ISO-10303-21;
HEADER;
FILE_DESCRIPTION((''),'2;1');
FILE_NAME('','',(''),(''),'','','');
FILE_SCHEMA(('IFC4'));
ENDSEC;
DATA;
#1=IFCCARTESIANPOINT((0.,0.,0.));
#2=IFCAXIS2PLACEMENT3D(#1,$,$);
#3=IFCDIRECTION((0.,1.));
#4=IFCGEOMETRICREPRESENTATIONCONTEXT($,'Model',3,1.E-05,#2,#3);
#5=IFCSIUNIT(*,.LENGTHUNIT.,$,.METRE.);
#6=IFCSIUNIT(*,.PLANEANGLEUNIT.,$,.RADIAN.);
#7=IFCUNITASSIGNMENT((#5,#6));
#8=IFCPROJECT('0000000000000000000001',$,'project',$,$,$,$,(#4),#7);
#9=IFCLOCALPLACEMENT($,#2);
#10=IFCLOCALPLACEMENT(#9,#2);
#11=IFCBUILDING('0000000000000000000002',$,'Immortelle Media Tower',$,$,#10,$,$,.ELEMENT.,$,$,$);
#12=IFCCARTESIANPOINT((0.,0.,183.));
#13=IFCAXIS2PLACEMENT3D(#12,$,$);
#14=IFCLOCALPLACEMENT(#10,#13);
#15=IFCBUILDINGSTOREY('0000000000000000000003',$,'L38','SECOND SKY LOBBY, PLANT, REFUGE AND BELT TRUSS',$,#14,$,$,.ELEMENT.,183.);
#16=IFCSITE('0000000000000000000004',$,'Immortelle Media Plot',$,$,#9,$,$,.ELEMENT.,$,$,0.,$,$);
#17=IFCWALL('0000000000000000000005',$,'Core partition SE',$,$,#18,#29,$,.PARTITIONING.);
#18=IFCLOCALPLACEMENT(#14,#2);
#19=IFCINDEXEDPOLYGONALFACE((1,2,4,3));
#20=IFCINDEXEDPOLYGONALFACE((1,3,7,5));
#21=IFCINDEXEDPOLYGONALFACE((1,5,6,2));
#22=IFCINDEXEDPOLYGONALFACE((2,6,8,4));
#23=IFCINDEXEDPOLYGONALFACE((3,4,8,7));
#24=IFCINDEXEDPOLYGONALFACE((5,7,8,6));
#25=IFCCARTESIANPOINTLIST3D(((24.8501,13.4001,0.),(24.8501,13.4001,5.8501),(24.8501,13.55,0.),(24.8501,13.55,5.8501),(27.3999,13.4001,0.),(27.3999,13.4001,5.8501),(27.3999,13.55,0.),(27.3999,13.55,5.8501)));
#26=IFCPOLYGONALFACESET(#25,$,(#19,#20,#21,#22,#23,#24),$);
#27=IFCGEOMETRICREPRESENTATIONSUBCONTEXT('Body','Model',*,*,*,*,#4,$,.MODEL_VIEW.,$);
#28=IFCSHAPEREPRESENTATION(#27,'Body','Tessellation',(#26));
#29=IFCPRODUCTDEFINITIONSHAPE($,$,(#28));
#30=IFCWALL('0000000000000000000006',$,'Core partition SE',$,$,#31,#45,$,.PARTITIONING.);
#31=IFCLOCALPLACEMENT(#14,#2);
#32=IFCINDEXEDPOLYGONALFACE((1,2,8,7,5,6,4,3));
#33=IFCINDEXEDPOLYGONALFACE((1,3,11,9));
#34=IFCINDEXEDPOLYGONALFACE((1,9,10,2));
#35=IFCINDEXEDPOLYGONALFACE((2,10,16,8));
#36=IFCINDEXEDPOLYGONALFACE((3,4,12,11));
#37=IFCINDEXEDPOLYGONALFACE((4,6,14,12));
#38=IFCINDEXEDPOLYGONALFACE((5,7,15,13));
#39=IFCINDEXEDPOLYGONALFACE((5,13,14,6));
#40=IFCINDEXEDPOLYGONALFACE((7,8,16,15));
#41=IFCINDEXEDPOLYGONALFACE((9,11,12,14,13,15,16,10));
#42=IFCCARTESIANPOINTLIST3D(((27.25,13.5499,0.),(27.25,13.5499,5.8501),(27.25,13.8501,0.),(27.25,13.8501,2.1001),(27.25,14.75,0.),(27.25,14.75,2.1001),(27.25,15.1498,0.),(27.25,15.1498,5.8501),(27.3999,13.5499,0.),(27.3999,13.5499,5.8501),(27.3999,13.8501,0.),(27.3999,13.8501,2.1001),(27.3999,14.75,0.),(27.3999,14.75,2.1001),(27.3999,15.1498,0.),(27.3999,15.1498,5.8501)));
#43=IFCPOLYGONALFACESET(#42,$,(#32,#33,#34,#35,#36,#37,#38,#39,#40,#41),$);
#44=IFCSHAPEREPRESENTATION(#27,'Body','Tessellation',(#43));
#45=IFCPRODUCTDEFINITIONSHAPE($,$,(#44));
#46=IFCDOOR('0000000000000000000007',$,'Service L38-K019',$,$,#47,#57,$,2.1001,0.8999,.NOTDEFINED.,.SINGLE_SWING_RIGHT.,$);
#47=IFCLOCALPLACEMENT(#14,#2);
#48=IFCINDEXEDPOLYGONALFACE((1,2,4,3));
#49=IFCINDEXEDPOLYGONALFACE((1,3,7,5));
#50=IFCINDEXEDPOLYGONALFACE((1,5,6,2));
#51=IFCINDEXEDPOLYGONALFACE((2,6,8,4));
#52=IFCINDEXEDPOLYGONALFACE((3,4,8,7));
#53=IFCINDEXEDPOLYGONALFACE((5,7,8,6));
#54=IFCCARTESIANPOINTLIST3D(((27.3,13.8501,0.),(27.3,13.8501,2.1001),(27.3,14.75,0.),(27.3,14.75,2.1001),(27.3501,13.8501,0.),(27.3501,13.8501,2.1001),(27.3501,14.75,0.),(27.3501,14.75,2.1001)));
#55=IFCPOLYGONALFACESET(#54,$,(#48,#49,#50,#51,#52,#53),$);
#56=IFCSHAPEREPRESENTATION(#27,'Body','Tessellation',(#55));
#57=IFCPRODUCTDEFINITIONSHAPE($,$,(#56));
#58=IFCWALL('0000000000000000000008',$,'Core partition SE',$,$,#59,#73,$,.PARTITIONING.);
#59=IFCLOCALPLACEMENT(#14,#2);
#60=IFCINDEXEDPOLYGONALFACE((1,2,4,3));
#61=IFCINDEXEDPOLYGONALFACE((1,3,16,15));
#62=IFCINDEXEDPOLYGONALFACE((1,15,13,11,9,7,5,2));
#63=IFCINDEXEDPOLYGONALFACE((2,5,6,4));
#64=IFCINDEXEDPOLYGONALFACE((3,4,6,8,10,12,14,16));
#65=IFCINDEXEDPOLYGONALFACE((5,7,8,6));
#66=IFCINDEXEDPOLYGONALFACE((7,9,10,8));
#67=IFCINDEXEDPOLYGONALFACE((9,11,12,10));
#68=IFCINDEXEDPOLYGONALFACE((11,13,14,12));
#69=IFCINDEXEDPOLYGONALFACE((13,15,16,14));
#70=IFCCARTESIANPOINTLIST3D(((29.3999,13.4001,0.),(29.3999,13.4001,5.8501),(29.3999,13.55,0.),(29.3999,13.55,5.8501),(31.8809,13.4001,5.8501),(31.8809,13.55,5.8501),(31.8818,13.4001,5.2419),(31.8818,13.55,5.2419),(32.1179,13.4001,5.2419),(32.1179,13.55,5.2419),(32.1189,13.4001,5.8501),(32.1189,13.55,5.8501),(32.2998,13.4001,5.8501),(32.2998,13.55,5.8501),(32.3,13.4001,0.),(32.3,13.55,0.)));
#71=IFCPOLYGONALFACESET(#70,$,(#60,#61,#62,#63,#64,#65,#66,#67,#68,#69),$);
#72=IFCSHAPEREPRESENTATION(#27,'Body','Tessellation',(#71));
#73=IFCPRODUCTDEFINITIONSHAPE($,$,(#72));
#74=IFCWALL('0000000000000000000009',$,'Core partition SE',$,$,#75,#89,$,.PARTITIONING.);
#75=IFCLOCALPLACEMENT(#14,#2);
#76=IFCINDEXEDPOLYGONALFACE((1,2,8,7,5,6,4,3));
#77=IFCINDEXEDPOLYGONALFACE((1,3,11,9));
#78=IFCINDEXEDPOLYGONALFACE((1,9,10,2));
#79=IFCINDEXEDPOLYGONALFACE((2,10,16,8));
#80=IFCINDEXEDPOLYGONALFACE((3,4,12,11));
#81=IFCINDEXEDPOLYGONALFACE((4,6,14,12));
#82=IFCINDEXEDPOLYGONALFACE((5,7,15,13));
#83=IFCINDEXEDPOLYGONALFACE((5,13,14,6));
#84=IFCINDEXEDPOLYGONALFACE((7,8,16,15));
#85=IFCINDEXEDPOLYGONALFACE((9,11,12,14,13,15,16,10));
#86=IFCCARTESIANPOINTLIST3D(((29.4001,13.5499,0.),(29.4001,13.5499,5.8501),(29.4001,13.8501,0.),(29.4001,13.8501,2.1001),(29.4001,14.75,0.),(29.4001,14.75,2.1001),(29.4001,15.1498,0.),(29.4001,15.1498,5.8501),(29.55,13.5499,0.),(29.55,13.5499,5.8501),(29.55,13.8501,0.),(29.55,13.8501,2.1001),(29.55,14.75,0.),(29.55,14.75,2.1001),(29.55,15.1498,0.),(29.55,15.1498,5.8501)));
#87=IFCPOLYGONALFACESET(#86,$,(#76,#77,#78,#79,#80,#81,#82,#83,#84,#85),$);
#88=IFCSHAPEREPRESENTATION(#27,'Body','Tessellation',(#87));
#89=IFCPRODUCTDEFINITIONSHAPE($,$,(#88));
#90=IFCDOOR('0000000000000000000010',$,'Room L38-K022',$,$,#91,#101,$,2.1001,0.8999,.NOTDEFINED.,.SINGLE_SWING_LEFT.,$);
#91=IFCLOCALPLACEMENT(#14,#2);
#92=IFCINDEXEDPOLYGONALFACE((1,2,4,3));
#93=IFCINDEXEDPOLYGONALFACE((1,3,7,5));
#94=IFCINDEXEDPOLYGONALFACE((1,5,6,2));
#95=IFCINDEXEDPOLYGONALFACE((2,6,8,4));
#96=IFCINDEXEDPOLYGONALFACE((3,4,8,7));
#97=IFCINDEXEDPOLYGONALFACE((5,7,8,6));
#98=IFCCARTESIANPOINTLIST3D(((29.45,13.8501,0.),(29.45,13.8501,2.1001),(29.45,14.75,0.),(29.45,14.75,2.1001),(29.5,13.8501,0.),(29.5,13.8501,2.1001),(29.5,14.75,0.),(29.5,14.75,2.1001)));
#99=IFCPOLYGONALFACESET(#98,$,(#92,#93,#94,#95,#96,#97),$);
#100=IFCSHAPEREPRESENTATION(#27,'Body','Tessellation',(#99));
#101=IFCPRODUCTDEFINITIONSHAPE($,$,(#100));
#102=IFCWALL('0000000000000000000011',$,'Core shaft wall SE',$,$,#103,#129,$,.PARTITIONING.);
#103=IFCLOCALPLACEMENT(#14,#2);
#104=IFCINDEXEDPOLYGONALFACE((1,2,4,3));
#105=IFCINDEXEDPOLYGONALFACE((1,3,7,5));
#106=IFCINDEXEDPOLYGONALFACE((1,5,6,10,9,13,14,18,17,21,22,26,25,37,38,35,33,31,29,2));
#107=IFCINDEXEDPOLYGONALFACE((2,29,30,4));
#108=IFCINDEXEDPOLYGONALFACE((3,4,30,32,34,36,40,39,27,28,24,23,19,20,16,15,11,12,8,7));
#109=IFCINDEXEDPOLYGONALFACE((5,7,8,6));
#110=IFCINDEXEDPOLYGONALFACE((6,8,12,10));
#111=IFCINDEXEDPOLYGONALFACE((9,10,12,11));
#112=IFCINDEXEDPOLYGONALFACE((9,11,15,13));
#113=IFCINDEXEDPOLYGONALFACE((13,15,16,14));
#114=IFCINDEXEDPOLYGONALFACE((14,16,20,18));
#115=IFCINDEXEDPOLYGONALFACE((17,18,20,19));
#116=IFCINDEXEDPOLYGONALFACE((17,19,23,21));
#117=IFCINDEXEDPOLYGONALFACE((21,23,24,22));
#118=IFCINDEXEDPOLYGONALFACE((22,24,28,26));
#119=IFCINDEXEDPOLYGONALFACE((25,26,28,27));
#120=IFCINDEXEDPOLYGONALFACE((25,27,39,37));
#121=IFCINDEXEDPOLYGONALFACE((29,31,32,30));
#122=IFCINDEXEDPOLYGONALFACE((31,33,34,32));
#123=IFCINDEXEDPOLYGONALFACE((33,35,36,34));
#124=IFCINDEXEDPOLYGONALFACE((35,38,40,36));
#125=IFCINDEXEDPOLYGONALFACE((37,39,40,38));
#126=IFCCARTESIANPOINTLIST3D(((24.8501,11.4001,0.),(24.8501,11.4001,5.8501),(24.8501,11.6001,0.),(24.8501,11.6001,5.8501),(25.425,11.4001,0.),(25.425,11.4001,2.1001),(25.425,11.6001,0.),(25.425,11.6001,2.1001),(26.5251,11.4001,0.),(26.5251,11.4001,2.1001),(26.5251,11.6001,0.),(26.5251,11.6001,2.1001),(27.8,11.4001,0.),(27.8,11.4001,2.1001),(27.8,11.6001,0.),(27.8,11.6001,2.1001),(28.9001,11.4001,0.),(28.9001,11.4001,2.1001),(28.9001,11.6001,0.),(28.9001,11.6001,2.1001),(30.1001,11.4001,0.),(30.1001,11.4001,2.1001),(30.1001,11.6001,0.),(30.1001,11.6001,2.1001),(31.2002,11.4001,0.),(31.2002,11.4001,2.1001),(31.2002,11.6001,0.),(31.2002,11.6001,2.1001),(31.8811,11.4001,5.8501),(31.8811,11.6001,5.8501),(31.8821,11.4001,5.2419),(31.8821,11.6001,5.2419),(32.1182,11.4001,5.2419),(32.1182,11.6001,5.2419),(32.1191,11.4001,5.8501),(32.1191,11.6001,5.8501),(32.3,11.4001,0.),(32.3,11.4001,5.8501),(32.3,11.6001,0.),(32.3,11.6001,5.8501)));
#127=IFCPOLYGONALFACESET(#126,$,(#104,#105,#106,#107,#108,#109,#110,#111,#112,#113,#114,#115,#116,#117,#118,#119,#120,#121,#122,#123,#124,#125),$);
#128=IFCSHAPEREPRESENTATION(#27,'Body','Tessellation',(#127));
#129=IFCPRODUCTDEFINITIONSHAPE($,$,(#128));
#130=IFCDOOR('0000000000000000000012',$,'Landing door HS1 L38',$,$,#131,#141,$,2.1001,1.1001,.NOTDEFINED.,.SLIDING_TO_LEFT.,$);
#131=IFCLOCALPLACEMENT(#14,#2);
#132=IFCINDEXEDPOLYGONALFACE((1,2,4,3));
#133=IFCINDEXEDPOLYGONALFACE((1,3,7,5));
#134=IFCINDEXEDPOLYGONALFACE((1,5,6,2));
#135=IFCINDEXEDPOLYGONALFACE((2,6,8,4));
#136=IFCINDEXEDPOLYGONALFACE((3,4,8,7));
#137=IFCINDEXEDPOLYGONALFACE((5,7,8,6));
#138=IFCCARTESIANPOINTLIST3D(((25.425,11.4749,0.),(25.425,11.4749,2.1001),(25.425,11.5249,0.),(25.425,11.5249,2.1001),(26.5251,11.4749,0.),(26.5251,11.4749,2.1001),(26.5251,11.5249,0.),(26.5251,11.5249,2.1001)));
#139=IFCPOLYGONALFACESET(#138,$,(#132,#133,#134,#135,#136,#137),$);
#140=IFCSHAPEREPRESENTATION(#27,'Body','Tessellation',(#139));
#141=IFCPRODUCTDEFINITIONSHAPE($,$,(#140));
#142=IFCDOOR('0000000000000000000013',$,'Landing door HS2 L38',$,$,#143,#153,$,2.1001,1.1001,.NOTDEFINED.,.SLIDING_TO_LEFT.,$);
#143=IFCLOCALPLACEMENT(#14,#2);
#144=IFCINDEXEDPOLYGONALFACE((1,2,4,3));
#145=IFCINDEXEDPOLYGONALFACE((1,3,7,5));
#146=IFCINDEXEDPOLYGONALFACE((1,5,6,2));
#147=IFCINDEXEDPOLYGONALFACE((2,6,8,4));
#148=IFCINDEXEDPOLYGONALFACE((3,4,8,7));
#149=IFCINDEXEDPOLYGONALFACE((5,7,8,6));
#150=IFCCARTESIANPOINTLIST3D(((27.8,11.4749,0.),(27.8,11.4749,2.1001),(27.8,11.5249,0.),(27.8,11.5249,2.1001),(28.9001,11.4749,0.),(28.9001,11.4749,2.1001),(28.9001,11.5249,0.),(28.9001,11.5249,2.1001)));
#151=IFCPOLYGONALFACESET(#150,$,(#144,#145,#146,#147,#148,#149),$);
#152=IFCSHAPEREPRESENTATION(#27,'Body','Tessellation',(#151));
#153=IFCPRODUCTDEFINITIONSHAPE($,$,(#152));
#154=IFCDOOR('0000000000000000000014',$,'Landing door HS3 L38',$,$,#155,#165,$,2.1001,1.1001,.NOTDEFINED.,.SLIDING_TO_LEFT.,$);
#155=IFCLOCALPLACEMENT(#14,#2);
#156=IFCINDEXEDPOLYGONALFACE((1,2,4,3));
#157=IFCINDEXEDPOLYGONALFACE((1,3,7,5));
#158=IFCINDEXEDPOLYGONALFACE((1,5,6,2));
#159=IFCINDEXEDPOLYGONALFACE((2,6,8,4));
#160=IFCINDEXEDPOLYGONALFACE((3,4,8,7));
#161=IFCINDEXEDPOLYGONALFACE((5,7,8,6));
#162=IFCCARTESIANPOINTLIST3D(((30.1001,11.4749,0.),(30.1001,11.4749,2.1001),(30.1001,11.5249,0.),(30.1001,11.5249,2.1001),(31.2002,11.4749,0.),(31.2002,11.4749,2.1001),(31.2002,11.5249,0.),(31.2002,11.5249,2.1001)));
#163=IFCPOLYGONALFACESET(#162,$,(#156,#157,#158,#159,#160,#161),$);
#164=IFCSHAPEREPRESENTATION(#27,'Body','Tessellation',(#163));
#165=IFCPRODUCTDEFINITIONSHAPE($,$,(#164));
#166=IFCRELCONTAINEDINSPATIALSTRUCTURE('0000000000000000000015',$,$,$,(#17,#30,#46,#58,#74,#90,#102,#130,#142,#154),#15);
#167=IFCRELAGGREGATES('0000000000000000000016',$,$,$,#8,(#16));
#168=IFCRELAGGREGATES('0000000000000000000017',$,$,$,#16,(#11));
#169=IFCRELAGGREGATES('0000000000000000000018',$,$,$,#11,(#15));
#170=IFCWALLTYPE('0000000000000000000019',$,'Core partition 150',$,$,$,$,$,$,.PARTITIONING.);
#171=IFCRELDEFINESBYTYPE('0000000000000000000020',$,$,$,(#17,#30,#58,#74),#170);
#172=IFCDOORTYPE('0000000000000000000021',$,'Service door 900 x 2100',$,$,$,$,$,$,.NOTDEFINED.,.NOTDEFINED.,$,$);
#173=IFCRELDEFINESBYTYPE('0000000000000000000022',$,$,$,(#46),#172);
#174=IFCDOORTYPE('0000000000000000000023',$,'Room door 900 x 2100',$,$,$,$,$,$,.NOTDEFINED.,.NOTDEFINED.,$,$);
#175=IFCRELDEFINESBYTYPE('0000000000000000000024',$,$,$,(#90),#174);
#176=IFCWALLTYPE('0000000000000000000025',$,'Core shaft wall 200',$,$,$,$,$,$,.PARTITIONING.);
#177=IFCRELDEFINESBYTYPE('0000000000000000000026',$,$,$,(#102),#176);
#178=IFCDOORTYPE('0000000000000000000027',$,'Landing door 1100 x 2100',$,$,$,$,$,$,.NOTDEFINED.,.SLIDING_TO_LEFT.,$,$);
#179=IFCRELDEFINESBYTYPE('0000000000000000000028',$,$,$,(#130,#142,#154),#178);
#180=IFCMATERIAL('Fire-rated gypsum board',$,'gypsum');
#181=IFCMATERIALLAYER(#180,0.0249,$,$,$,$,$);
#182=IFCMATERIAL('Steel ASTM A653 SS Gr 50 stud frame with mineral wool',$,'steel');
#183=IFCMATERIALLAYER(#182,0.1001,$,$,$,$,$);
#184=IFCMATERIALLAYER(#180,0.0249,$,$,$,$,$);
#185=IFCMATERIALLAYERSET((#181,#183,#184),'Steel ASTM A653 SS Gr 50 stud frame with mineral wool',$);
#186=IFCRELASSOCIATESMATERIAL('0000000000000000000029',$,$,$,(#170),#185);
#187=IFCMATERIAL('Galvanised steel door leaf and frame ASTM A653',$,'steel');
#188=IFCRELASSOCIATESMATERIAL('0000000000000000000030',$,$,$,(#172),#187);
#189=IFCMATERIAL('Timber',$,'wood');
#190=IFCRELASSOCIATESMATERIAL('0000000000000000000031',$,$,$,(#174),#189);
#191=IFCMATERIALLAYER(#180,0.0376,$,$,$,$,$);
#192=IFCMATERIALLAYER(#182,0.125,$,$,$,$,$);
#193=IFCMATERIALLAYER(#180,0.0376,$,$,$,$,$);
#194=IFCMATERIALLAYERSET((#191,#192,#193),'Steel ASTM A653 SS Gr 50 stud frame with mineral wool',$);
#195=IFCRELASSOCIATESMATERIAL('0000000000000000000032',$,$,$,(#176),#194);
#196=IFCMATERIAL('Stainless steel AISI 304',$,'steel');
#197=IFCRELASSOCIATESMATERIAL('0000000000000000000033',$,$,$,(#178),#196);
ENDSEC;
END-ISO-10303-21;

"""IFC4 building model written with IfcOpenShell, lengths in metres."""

from ifc_helpers import new_model, si_unit, direction, frame, frame_2d, origin, place, context, subcontext, project, spatial, polyline, rectangle, outline, extrude, material, layer, layer_set, type_object, element, fill, save


model = new_model("IFC4")

# Units and contexts
model_context = context("Model", 3, precision=1e-05, world=origin(), true_north=direction((0.0, 1.0)))
body_context = subcontext(model_context, "Body", "Model", "MODEL_VIEW")
ifc_project = project(units=[si_unit("LENGTHUNIT", "METRE"), si_unit("PLANEANGLEUNIT", "RADIAN")], contexts=[model_context])

# Site, building, storey
site_placement = place(None, origin())
site = spatial("IfcSite", under=ifc_project, at=site_placement, Name="Immortelle Media Plot", CompositionType="ELEMENT", RefElevation=0.0)
building_placement = place(site_placement, origin())
building = spatial("IfcBuilding", under=site, at=building_placement, Name="Immortelle Media Tower", CompositionType="ELEMENT")
storey_placement = place(building_placement, frame((0.0, 0.0, 183.0)))
storey = spatial("IfcBuildingStorey", under=building, at=storey_placement, Name="L38", Description="SECOND SKY LOBBY, PLANT, REFUGE AND BELT TRUSS", CompositionType="ELEMENT", Elevation=183.0)

# Wall
ifc_material_1 = material(Name="Fire-rated gypsum board", Category="gypsum")
ifc_layer_1 = layer(ifc_material_1, 0.0249)
ifc_material_2 = material(Name="Steel ASTM A653 SS Gr 50 stud frame with mineral wool", Category="steel")
ifc_layer_2 = layer(ifc_material_2, 0.1001)
ifc_layer_3 = layer(ifc_material_1, 0.0249)
ifc_layer_set_1 = layer_set([ifc_layer_1, ifc_layer_2, ifc_layer_3], Name="Steel ASTM A653 SS Gr 50 stud frame with mineral wool")
wall_type_1 = type_object("IfcWallType", Name="Core partition 150", PredefinedType="PARTITIONING", material=ifc_layer_set_1)
wall_1_placement = place(storey_placement, frame((24.8501, 13.4751, 0.0), z_axis=(0.0, 0.0, 1.0), x_axis=(1.0, 0.0, 0.0)))
element("IfcWall", 1, at=wall_1_placement, inside=storey, type_object=wall_type_1, Name="Core partition SE", PredefinedType="PARTITIONING", context=body_context, shape_type="SweptSolid", body=[
    extrude(rectangle(XDim=2.5498, YDim=0.1499, at=frame_2d((1.2749, 0.0))), origin(), (0.0, 0.0, 1.0), 5.8501),
])

# Wall, opening, door
wall_2_placement = place(storey_placement, frame((27.325, 13.55, 0.0), z_axis=(0.0, 0.0, 1.0), x_axis=(0.0, 1.0, 0.0)))
wall_2 = element("IfcWall", 2, at=wall_2_placement, inside=storey, type_object=wall_type_1, Name="Core partition SE", PredefinedType="PARTITIONING", context=body_context, shape_type="SweptSolid", body=[
    extrude(rectangle(XDim=1.5999, YDim=0.1499, at=frame_2d((0.7998, 0.0))), origin(), (0.0, 0.0, 1.0), 5.8501),
])
opening_1_placement = place(wall_2_placement, frame((0.3, 0.0, 0.0)))
opening_1 = element("IfcOpeningElement", 3, at=opening_1_placement, cuts=wall_2, PredefinedType="OPENING", context=body_context, shape_type="SweptSolid", body=[
    extrude(rectangle(XDim=0.8999, YDim=2.1001, at=frame_2d((0.45, 1.05))), frame((0.0, 0.085, 0.0), z_axis=(0.0, -1.0, 0.0), x_axis=(1.0, 0.0, 0.0)), (0.0, 0.0, 1.0), 0.1699),
])
ifc_material_3 = material(Name="Galvanised steel door leaf and frame ASTM A653", Category="steel")
door_type_1 = type_object("IfcDoorType", Name="Service door 900 x 2100", OperationType="NOTDEFINED", PredefinedType="NOTDEFINED", material=ifc_material_3)
door_1_placement = place(opening_1_placement, origin())
door_1 = element("IfcDoor", 4, at=door_1_placement, inside=storey, type_object=door_type_1, Name="Service L38-K019", OperationType="SINGLE_SWING_RIGHT", OverallHeight=2.1001, OverallWidth=0.8999, PredefinedType="NOTDEFINED", context=body_context, shape_type="SweptSolid", body=[
    extrude(rectangle(XDim=0.8999, YDim=2.1001, at=frame_2d((0.45, 1.05))), frame((0.0, 0.0249, 0.0), z_axis=(0.0, -1.0, 0.0), x_axis=(1.0, 0.0, 0.0)), (0.0, 0.0, 1.0), 0.05),
])
fill(opening_1, door_1)

# Wall
wall_3_placement = place(storey_placement, frame((29.3999, 13.4751, 0.0), z_axis=(0.0, 0.0, 1.0), x_axis=(1.0, 0.0, 0.0)))
element("IfcWall", 5, at=wall_3_placement, inside=storey, type_object=wall_type_1, Name="Core partition SE", PredefinedType="PARTITIONING", context=body_context, shape_type="SweptSolid", body=[
    extrude(outline(polyline([(0.0, 0.0), (2.9001, 0.0), (2.8999, 5.8501), (2.719, 5.8501), (2.718, 5.2419), (2.4819, 5.2419), (2.481, 5.8501), (0.0, 5.8501), (0.0, 0.0)])), frame((0.0, 0.075, 0.0), z_axis=(0.0, -1.0, 0.0), x_axis=(1.0, 0.0, 0.0)), (0.0, 0.0, 1.0), 0.1499),
])

# Wall, opening, door
wall_4_placement = place(storey_placement, frame((29.4751, 13.55, 0.0), z_axis=(0.0, 0.0, 1.0), x_axis=(0.0, 1.0, 0.0)))
wall_4 = element("IfcWall", 6, at=wall_4_placement, inside=storey, type_object=wall_type_1, Name="Core partition SE", PredefinedType="PARTITIONING", context=body_context, shape_type="SweptSolid", body=[
    extrude(rectangle(XDim=1.5999, YDim=0.1499, at=frame_2d((0.7998, 0.0))), origin(), (0.0, 0.0, 1.0), 5.8501),
])
opening_2_placement = place(wall_4_placement, frame((1.2, 0.0, 0.0), z_axis=(0.0, 0.0, 1.0), x_axis=(-1.0, 0.0, 0.0)))
opening_2 = element("IfcOpeningElement", 7, at=opening_2_placement, cuts=wall_4, PredefinedType="OPENING", context=body_context, shape_type="SweptSolid", body=[
    extrude(rectangle(XDim=0.8999, YDim=2.1001, at=frame_2d((0.45, 1.05))), frame((0.0, 0.085, 0.0), z_axis=(0.0, -1.0, 0.0), x_axis=(1.0, 0.0, 0.0)), (0.0, 0.0, 1.0), 0.1699),
])
ifc_material_4 = material(Name="Timber", Category="wood")
door_type_2 = type_object("IfcDoorType", Name="Room door 900 x 2100", OperationType="NOTDEFINED", PredefinedType="NOTDEFINED", material=ifc_material_4)
door_2_placement = place(opening_2_placement, origin())
door_2 = element("IfcDoor", 8, at=door_2_placement, inside=storey, type_object=door_type_2, Name="Room L38-K022", OperationType="SINGLE_SWING_LEFT", OverallHeight=2.1001, OverallWidth=0.8999, PredefinedType="NOTDEFINED", context=body_context, shape_type="SweptSolid", body=[
    extrude(rectangle(XDim=0.8999, YDim=2.1001, at=frame_2d((0.45, 1.05))), frame((0.0, 0.0249, 0.0), z_axis=(0.0, -1.0, 0.0), x_axis=(1.0, 0.0, 0.0)), (0.0, 0.0, 1.0), 0.05),
])
fill(opening_2, door_2)

# Wall, openings, doors
ifc_layer_4 = layer(ifc_material_1, 0.0376)
ifc_layer_5 = layer(ifc_material_2, 0.125)
ifc_layer_6 = layer(ifc_material_1, 0.0376)
ifc_layer_set_2 = layer_set([ifc_layer_4, ifc_layer_5, ifc_layer_6], Name="Steel ASTM A653 SS Gr 50 stud frame with mineral wool")
wall_type_2 = type_object("IfcWallType", Name="Core shaft wall 200", PredefinedType="PARTITIONING", material=ifc_layer_set_2)
wall_5_placement = place(storey_placement, frame((24.8501, 11.5, 0.0), z_axis=(0.0, 0.0, 1.0), x_axis=(1.0, 0.0, 0.0)))
wall_5 = element("IfcWall", 9, at=wall_5_placement, inside=storey, type_object=wall_type_2, Name="Core shaft wall SE", PredefinedType="PARTITIONING", context=body_context, shape_type="SweptSolid", body=[
    extrude(outline(polyline([(0.0, 0.0), (7.45, 0.0), (7.45, 5.8501), (7.269, 5.8501), (7.2681, 5.2419), (7.032, 5.2419), (7.031, 5.8501), (0.0, 5.8501), (0.0, 0.0)])), frame((0.0, 0.1001, 0.0), z_axis=(0.0, -1.0, 0.0), x_axis=(1.0, 0.0, 0.0)), (0.0, 0.0, 1.0), 0.2),
])
opening_3_placement = place(wall_5_placement, frame((0.575, 0.0, 0.0)))
opening_3 = element("IfcOpeningElement", 10, at=opening_3_placement, cuts=wall_5, PredefinedType="OPENING", context=body_context, shape_type="SweptSolid", body=[
    extrude(rectangle(XDim=1.1001, YDim=2.1001, at=frame_2d((0.55, 1.05))), frame((0.0, 0.1099, 0.0), z_axis=(0.0, -1.0, 0.0), x_axis=(1.0, 0.0, 0.0)), (0.0, 0.0, 1.0), 0.22),
])
opening_4_placement = place(wall_5_placement, frame((2.95, 0.0, 0.0)))
opening_4 = element("IfcOpeningElement", 11, at=opening_4_placement, cuts=wall_5, PredefinedType="OPENING", context=body_context, shape_type="SweptSolid", body=[
    extrude(rectangle(XDim=1.1001, YDim=2.1001, at=frame_2d((0.55, 1.05))), frame((0.0, 0.1099, 0.0), z_axis=(0.0, -1.0, 0.0), x_axis=(1.0, 0.0, 0.0)), (0.0, 0.0, 1.0), 0.22),
])
opening_5_placement = place(wall_5_placement, frame((5.25, 0.0, 0.0)))
opening_5 = element("IfcOpeningElement", 12, at=opening_5_placement, cuts=wall_5, PredefinedType="OPENING", context=body_context, shape_type="SweptSolid", body=[
    extrude(rectangle(XDim=1.1001, YDim=2.1001, at=frame_2d((0.55, 1.05))), frame((0.0, 0.1099, 0.0), z_axis=(0.0, -1.0, 0.0), x_axis=(1.0, 0.0, 0.0)), (0.0, 0.0, 1.0), 0.22),
])
ifc_material_5 = material(Name="Stainless steel AISI 304", Category="steel")
door_type_3 = type_object("IfcDoorType", Name="Landing door 1100 x 2100", OperationType="SLIDING_TO_LEFT", PredefinedType="NOTDEFINED", material=ifc_material_5)
door_3_placement = place(opening_3_placement, origin())
door_3 = element("IfcDoor", 13, at=door_3_placement, inside=storey, type_object=door_type_3, Name="Landing door HS1 L38", OperationType="SLIDING_TO_LEFT", OverallHeight=2.1001, OverallWidth=1.1001, PredefinedType="NOTDEFINED", context=body_context, shape_type="SweptSolid", body=[
    extrude(rectangle(XDim=1.1001, YDim=2.1001, at=frame_2d((0.55, 1.05))), frame((0.0, 0.0249, 0.0), z_axis=(0.0, -1.0, 0.0), x_axis=(1.0, 0.0, 0.0)), (0.0, 0.0, 1.0), 0.05),
])
fill(opening_3, door_3)
door_4_placement = place(opening_4_placement, origin())
door_4 = element("IfcDoor", 14, at=door_4_placement, inside=storey, type_object=door_type_3, Name="Landing door HS2 L38", OperationType="SLIDING_TO_LEFT", OverallHeight=2.1001, OverallWidth=1.1001, PredefinedType="NOTDEFINED", context=body_context, shape_type="SweptSolid", body=[
    extrude(rectangle(XDim=1.1001, YDim=2.1001, at=frame_2d((0.55, 1.05))), frame((0.0, 0.0249, 0.0), z_axis=(0.0, -1.0, 0.0), x_axis=(1.0, 0.0, 0.0)), (0.0, 0.0, 1.0), 0.05),
])
fill(opening_4, door_4)
door_5_placement = place(opening_5_placement, origin())
door_5 = element("IfcDoor", 15, at=door_5_placement, inside=storey, type_object=door_type_3, Name="Landing door HS3 L38", OperationType="SLIDING_TO_LEFT", OverallHeight=2.1001, OverallWidth=1.1001, PredefinedType="NOTDEFINED", context=body_context, shape_type="SweptSolid", body=[
    extrude(rectangle(XDim=1.1001, YDim=2.1001, at=frame_2d((0.55, 1.05))), frame((0.0, 0.0249, 0.0), z_axis=(0.0, -1.0, 0.0), x_axis=(1.0, 0.0, 0.0)), (0.0, 0.0, 1.0), 0.05),
])
fill(opening_5, door_5)

save(model, "model.ifc")
